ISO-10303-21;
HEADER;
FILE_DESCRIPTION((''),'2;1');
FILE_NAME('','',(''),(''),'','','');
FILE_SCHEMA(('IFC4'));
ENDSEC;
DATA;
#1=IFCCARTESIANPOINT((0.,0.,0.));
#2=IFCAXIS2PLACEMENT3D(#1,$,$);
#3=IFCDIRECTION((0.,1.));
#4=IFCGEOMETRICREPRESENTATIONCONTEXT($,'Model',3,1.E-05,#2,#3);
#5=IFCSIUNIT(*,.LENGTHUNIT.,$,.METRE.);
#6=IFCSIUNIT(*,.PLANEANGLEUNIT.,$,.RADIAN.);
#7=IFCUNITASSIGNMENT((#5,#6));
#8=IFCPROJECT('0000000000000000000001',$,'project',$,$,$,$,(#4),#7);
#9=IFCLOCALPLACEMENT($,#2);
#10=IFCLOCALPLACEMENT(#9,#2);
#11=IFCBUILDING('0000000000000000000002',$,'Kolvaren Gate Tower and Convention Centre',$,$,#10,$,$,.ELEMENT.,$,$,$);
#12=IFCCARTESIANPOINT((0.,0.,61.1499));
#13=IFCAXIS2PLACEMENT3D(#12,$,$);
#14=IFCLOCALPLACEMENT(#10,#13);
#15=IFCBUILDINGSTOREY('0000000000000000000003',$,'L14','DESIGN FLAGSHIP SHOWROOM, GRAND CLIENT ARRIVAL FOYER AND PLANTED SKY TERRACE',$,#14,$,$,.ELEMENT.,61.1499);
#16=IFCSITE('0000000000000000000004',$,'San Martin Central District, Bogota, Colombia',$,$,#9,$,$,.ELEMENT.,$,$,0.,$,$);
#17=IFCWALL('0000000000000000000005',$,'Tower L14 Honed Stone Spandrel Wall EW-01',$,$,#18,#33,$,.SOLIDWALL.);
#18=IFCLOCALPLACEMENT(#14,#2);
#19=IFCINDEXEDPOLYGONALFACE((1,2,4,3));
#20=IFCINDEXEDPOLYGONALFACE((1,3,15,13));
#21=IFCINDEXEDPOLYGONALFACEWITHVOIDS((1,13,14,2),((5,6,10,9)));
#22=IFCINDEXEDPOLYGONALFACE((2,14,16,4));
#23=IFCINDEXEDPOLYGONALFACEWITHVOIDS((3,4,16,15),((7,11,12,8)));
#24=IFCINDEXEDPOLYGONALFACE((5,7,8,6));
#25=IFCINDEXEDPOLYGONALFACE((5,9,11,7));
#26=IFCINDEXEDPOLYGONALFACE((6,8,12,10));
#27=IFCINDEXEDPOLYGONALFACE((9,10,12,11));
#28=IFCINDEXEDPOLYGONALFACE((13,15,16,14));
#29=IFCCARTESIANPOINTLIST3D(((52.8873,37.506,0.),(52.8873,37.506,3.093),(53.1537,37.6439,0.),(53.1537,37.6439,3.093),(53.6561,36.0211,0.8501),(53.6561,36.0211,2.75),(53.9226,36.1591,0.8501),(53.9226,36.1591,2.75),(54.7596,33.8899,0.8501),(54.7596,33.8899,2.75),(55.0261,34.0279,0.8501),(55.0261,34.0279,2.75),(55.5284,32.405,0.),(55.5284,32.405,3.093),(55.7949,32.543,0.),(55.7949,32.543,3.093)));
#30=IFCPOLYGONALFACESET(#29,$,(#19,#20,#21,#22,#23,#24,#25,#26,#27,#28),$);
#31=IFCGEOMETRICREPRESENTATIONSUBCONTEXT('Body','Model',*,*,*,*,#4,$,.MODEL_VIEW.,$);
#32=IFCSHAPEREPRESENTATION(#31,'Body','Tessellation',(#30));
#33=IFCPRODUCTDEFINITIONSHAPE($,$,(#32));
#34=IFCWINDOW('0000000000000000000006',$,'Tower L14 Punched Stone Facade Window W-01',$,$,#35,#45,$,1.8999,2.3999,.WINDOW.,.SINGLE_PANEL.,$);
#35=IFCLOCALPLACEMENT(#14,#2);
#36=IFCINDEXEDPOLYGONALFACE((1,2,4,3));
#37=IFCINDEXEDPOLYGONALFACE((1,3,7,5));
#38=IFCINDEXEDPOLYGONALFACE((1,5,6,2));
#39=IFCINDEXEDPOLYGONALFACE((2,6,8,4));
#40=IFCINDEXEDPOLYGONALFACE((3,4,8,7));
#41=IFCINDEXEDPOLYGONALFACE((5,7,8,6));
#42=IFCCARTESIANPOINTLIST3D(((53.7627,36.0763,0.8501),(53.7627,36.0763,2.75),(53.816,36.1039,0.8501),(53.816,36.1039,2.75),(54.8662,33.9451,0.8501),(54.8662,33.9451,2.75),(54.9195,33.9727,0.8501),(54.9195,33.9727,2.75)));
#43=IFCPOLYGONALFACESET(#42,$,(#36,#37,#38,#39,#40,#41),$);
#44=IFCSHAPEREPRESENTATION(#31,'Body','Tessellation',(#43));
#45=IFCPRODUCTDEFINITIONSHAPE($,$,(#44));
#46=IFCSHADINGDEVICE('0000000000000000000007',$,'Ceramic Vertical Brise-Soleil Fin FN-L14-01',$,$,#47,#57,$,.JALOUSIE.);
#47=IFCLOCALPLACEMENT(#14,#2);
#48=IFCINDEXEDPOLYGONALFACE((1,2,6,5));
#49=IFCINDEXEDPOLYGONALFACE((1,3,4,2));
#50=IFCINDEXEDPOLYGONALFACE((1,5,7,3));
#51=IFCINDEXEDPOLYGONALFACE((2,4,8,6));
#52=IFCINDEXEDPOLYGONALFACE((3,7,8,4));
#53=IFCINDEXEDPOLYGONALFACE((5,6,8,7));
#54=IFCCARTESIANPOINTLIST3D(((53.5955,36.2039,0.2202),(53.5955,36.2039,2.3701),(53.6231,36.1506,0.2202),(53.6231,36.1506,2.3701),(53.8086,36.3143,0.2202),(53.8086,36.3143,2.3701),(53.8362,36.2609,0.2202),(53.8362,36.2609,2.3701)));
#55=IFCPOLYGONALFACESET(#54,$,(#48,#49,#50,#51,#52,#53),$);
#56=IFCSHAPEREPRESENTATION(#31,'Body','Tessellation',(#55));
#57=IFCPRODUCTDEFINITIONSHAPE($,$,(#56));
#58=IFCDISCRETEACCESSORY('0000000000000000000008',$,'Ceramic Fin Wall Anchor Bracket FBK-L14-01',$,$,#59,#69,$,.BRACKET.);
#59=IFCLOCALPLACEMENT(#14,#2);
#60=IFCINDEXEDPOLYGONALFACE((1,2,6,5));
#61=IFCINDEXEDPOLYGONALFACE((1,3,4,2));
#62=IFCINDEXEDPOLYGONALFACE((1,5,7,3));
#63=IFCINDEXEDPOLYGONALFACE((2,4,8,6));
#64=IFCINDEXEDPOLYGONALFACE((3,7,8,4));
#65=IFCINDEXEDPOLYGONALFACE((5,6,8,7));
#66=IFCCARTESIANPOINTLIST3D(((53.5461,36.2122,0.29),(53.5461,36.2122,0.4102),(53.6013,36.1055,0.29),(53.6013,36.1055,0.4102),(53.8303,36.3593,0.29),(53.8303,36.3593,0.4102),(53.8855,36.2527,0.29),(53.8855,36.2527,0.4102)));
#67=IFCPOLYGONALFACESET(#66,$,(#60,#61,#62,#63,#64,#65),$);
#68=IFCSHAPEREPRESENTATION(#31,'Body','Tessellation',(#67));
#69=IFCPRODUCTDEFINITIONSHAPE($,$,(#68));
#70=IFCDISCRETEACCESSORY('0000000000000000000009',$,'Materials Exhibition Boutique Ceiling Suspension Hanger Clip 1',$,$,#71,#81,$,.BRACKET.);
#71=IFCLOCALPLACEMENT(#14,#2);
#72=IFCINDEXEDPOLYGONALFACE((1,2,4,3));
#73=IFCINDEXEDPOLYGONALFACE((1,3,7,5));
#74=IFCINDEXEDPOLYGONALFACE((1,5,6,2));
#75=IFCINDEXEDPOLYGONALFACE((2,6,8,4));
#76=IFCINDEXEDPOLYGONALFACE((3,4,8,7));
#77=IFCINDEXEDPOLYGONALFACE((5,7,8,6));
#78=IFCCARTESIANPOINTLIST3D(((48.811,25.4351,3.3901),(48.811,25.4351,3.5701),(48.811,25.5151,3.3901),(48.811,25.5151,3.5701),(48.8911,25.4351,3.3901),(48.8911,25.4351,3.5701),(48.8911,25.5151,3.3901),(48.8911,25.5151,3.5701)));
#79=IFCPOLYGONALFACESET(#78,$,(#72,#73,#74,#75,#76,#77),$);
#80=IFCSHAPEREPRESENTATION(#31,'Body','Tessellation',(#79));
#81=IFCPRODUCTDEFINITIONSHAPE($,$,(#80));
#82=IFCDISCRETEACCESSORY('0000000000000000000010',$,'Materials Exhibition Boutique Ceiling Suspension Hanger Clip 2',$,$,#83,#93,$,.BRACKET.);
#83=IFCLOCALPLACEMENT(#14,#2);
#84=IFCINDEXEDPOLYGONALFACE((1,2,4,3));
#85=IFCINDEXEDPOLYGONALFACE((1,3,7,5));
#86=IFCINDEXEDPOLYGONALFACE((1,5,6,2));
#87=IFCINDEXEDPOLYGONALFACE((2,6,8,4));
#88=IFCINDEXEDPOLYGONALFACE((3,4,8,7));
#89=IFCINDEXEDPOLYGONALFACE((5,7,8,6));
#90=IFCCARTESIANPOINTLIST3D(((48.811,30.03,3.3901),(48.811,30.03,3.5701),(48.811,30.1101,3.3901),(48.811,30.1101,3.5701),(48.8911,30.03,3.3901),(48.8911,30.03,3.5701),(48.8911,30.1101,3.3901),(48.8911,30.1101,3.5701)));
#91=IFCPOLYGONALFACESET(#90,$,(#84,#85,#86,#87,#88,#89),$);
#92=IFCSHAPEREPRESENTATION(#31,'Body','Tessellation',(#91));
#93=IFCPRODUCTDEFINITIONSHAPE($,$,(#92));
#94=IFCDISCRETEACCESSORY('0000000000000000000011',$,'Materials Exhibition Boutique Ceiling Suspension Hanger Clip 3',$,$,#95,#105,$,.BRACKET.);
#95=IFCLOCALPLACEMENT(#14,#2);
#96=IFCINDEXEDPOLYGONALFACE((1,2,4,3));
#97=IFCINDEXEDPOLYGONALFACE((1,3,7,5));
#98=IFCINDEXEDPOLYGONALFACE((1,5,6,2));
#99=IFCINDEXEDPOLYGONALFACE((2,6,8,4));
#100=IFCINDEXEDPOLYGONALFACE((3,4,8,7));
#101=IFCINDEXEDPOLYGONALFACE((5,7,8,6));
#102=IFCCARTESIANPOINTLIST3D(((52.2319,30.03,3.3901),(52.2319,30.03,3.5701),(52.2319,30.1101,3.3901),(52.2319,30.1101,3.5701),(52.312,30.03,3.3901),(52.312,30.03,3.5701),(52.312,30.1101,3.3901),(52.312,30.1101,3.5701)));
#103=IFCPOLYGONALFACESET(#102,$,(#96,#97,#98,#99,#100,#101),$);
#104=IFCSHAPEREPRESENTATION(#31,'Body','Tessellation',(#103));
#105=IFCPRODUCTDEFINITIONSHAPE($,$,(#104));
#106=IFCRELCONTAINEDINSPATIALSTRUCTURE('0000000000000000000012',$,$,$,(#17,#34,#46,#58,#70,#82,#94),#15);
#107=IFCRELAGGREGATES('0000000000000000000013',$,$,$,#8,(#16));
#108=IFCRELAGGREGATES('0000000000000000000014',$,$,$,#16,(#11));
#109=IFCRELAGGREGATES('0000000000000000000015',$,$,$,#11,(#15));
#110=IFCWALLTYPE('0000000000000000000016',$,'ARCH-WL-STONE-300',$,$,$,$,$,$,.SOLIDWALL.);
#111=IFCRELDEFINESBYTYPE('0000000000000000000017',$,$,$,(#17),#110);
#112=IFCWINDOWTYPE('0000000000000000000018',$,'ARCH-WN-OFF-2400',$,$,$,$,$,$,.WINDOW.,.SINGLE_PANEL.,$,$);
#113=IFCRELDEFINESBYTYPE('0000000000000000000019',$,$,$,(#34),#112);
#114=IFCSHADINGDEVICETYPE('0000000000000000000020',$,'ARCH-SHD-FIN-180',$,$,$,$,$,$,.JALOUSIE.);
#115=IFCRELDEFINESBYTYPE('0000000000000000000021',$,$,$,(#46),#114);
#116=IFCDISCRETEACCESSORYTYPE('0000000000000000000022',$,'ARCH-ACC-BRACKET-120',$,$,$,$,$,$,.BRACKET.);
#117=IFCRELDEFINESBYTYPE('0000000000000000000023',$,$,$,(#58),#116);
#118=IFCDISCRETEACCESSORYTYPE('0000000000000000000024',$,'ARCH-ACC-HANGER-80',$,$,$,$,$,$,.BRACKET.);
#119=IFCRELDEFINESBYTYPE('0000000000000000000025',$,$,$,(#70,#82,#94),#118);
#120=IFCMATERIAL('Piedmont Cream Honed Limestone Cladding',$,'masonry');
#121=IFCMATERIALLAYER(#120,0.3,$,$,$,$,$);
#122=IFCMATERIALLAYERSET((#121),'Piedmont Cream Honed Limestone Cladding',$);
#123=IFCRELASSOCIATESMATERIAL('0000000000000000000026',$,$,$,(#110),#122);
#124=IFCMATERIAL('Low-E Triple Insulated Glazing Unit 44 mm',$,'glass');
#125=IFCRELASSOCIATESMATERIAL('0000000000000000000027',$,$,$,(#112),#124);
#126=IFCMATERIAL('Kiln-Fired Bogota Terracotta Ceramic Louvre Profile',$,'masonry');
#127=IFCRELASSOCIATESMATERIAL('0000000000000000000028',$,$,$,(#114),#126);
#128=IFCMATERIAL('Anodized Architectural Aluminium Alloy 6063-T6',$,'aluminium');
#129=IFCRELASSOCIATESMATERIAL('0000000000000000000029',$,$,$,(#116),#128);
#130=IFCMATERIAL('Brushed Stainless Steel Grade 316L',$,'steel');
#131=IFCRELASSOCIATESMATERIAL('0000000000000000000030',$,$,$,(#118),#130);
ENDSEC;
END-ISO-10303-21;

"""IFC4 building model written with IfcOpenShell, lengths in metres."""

from ifc_helpers import new_model, si_unit, direction, frame, frame_2d, origin, origin_2d, place, context, subcontext, project, spatial, rectangle, extrude, material, layer, layer_set, type_object, element, fill, save


model = new_model("IFC4")

# Units and contexts
model_context = context("Model", 3, precision=1e-05, world=origin(), true_north=direction((0.0, 1.0)))
body_context = subcontext(model_context, "Body", "Model", "MODEL_VIEW")
ifc_project = project(units=[si_unit("LENGTHUNIT", "METRE"), si_unit("PLANEANGLEUNIT", "RADIAN")], contexts=[model_context])

# Site, building, storey
site_placement = place(None, origin())
site = spatial("IfcSite", under=ifc_project, at=site_placement, Name="San Martin Central District, Bogota, Colombia", CompositionType="ELEMENT", RefElevation=0.0)
building_placement = place(site_placement, origin())
building = spatial("IfcBuilding", under=site, at=building_placement, Name="Kolvaren Gate Tower and Convention Centre", CompositionType="ELEMENT")
storey_placement = place(building_placement, frame((0.0, 0.0, 61.1499)))
storey = spatial("IfcBuildingStorey", under=building, at=storey_placement, Name="L14", Description="DESIGN FLAGSHIP SHOWROOM, GRAND CLIENT ARRIVAL FOYER AND PLANTED SKY TERRACE", CompositionType="ELEMENT", Elevation=61.1499)

# Shared definitions
ifc_material_1 = material(Name="Anodized Architectural Aluminium Alloy 6063-T6", Category="aluminium")

# Shared definitions
ifc_material_2 = material(Name="Low-E Triple Insulated Glazing Unit 44 mm", Category="glass")

# Shared definitions
ifc_material_3 = material(Name="Piedmont Cream Honed Limestone Cladding", Category="masonry")

# Wall, opening, window
ifc_layer_1 = layer(ifc_material_3, 0.3)
ifc_layer_set_1 = layer_set([ifc_layer_1], Name="Piedmont Cream Honed Limestone Cladding")
wall_type_1 = type_object("IfcWallType", Name="ARCH-WL-STONE-300", PredefinedType="SOLIDWALL", material=ifc_layer_set_1)
window_type = type_object("IfcWindowType", Name="ARCH-WN-OFF-2400", PartitioningType="SINGLE_PANEL", PredefinedType="WINDOW", material=ifc_material_2)
wall_1_placement = place(storey_placement, frame((53.0205, 37.575, 0.0), z_axis=(0.0, 0.0, 1.0), x_axis=(0.459801, -0.888022, 0.0)))
wall_1 = element("IfcWall", 1, at=wall_1_placement, inside=storey, type_object=wall_type_1, Name="Tower L14 Honed Stone Spandrel Wall EW-01", PredefinedType="SOLIDWALL", context=body_context, shape_type="SweptSolid", body=[
    extrude(rectangle(XDim=5.7441, YDim=0.3, at=frame_2d((2.8721, 0.0))), origin(), (0.0, 0.0, 1.0), 3.093),
])
opening_1_placement = place(wall_1_placement, frame((1.6721, 0.0, 0.8501)))
opening_1 = element("IfcOpeningElement", 2, at=opening_1_placement, cuts=wall_1, PredefinedType="OPENING", context=body_context, shape_type="SweptSolid", body=[
    extrude(rectangle(XDim=2.3999, YDim=1.8999, at=frame_2d((1.2, 0.95))), frame((0.0, 0.1599, 0.0), z_axis=(0.0, -1.0, 0.0), x_axis=(1.0, 0.0, 0.0)), (0.0, 0.0, 1.0), 0.3201),
])
window_1_placement = place(opening_1_placement, origin())
window_1 = element("IfcWindow", 3, at=window_1_placement, inside=storey, type_object=window_type, Name="Tower L14 Punched Stone Facade Window W-01", OverallHeight=1.8999, OverallWidth=2.3999, PartitioningType="SINGLE_PANEL", PredefinedType="WINDOW", context=body_context, shape_type="SweptSolid", body=[
    extrude(rectangle(XDim=2.3999, YDim=1.8999, at=frame_2d((1.2, 0.95))), frame((0.0, 0.03, 0.0), z_axis=(0.0, -1.0, 0.0), x_axis=(1.0, 0.0, 0.0)), (0.0, 0.0, 1.0), 0.0601),
])
fill(opening_1, window_1)

# Shading device
ifc_material_4 = material(Name="Kiln-Fired Bogota Terracotta Ceramic Louvre Profile", Category="masonry")
shading_device_type = type_object("IfcShadingDeviceType", Name="ARCH-SHD-FIN-180", PredefinedType="JALOUSIE", material=ifc_material_4)
shading_device_placement = place(storey_placement, frame((53.7158, 36.2324, 0.2202), z_axis=(0.0, 0.0, 1.0), x_axis=(0.459802, -0.888022, 0.0)))
element("IfcShadingDevice", 4, at=shading_device_placement, inside=storey, type_object=shading_device_type, Name="Ceramic Vertical Brise-Soleil Fin FN-L14-01", PredefinedType="JALOUSIE", context=body_context, shape_type="SweptSolid", body=[
    extrude(rectangle(XDim=0.0601, YDim=0.24, at=origin_2d()), origin(), (0.0, 0.0, 1.0), 2.1499),
])

# Discrete accessories
discrete_accessory_type_1 = type_object("IfcDiscreteAccessoryType", Name="ARCH-ACC-BRACKET-120", PredefinedType="BRACKET", material=ifc_material_1)
discrete_accessory_placement = place(storey_placement, frame((53.7158, 36.2324, 0.29), z_axis=(0.0, 0.0, 1.0), x_axis=(0.459802, -0.888022, 0.0)))
element("IfcDiscreteAccessory", 5, at=discrete_accessory_placement, inside=storey, type_object=discrete_accessory_type_1, Name="Ceramic Fin Wall Anchor Bracket FBK-L14-01", PredefinedType="BRACKET", context=body_context, shape_type="SweptSolid", body=[
    extrude(rectangle(XDim=0.1201, YDim=0.3201, at=origin_2d()), origin(), (0.0, 0.0, 1.0), 0.1201),
])
ifc_material_5 = material(Name="Brushed Stainless Steel Grade 316L", Category="steel")
discrete_accessory_type_2 = type_object("IfcDiscreteAccessoryType", Name="ARCH-ACC-HANGER-80", PredefinedType="BRACKET", material=ifc_material_5)
for number, where, z_axis, x_axis, name in (
    (6, (48.8511, 25.4751, 3.3901), (0.0, 0.0, 1.0), (1.0, 0.0, 0.0), "Materials Exhibition Boutique Ceiling Suspension Hanger Clip 1"),
    (7, (48.8511, 30.0701, 3.3901), (0.0, 0.0, 1.0), (1.0, 0.0, 0.0), "Materials Exhibition Boutique Ceiling Suspension Hanger Clip 2"),
    (8, (52.272, 30.0701, 3.3901), (0.0, 0.0, 1.0), (1.0, 0.0, 0.0), "Materials Exhibition Boutique Ceiling Suspension Hanger Clip 3"),
):
    element("IfcDiscreteAccessory", number, at=place(storey_placement, frame(where, z_axis=z_axis, x_axis=x_axis)), inside=storey, type_object=discrete_accessory_type_2, Name=name, PredefinedType="BRACKET", context=body_context, shape_type="SweptSolid", body=[
        extrude(rectangle(XDim=0.0801, YDim=0.0801, at=origin_2d()), origin(), (0.0, 0.0, 1.0), 0.1799),
    ])

save(model, "model.ifc")
